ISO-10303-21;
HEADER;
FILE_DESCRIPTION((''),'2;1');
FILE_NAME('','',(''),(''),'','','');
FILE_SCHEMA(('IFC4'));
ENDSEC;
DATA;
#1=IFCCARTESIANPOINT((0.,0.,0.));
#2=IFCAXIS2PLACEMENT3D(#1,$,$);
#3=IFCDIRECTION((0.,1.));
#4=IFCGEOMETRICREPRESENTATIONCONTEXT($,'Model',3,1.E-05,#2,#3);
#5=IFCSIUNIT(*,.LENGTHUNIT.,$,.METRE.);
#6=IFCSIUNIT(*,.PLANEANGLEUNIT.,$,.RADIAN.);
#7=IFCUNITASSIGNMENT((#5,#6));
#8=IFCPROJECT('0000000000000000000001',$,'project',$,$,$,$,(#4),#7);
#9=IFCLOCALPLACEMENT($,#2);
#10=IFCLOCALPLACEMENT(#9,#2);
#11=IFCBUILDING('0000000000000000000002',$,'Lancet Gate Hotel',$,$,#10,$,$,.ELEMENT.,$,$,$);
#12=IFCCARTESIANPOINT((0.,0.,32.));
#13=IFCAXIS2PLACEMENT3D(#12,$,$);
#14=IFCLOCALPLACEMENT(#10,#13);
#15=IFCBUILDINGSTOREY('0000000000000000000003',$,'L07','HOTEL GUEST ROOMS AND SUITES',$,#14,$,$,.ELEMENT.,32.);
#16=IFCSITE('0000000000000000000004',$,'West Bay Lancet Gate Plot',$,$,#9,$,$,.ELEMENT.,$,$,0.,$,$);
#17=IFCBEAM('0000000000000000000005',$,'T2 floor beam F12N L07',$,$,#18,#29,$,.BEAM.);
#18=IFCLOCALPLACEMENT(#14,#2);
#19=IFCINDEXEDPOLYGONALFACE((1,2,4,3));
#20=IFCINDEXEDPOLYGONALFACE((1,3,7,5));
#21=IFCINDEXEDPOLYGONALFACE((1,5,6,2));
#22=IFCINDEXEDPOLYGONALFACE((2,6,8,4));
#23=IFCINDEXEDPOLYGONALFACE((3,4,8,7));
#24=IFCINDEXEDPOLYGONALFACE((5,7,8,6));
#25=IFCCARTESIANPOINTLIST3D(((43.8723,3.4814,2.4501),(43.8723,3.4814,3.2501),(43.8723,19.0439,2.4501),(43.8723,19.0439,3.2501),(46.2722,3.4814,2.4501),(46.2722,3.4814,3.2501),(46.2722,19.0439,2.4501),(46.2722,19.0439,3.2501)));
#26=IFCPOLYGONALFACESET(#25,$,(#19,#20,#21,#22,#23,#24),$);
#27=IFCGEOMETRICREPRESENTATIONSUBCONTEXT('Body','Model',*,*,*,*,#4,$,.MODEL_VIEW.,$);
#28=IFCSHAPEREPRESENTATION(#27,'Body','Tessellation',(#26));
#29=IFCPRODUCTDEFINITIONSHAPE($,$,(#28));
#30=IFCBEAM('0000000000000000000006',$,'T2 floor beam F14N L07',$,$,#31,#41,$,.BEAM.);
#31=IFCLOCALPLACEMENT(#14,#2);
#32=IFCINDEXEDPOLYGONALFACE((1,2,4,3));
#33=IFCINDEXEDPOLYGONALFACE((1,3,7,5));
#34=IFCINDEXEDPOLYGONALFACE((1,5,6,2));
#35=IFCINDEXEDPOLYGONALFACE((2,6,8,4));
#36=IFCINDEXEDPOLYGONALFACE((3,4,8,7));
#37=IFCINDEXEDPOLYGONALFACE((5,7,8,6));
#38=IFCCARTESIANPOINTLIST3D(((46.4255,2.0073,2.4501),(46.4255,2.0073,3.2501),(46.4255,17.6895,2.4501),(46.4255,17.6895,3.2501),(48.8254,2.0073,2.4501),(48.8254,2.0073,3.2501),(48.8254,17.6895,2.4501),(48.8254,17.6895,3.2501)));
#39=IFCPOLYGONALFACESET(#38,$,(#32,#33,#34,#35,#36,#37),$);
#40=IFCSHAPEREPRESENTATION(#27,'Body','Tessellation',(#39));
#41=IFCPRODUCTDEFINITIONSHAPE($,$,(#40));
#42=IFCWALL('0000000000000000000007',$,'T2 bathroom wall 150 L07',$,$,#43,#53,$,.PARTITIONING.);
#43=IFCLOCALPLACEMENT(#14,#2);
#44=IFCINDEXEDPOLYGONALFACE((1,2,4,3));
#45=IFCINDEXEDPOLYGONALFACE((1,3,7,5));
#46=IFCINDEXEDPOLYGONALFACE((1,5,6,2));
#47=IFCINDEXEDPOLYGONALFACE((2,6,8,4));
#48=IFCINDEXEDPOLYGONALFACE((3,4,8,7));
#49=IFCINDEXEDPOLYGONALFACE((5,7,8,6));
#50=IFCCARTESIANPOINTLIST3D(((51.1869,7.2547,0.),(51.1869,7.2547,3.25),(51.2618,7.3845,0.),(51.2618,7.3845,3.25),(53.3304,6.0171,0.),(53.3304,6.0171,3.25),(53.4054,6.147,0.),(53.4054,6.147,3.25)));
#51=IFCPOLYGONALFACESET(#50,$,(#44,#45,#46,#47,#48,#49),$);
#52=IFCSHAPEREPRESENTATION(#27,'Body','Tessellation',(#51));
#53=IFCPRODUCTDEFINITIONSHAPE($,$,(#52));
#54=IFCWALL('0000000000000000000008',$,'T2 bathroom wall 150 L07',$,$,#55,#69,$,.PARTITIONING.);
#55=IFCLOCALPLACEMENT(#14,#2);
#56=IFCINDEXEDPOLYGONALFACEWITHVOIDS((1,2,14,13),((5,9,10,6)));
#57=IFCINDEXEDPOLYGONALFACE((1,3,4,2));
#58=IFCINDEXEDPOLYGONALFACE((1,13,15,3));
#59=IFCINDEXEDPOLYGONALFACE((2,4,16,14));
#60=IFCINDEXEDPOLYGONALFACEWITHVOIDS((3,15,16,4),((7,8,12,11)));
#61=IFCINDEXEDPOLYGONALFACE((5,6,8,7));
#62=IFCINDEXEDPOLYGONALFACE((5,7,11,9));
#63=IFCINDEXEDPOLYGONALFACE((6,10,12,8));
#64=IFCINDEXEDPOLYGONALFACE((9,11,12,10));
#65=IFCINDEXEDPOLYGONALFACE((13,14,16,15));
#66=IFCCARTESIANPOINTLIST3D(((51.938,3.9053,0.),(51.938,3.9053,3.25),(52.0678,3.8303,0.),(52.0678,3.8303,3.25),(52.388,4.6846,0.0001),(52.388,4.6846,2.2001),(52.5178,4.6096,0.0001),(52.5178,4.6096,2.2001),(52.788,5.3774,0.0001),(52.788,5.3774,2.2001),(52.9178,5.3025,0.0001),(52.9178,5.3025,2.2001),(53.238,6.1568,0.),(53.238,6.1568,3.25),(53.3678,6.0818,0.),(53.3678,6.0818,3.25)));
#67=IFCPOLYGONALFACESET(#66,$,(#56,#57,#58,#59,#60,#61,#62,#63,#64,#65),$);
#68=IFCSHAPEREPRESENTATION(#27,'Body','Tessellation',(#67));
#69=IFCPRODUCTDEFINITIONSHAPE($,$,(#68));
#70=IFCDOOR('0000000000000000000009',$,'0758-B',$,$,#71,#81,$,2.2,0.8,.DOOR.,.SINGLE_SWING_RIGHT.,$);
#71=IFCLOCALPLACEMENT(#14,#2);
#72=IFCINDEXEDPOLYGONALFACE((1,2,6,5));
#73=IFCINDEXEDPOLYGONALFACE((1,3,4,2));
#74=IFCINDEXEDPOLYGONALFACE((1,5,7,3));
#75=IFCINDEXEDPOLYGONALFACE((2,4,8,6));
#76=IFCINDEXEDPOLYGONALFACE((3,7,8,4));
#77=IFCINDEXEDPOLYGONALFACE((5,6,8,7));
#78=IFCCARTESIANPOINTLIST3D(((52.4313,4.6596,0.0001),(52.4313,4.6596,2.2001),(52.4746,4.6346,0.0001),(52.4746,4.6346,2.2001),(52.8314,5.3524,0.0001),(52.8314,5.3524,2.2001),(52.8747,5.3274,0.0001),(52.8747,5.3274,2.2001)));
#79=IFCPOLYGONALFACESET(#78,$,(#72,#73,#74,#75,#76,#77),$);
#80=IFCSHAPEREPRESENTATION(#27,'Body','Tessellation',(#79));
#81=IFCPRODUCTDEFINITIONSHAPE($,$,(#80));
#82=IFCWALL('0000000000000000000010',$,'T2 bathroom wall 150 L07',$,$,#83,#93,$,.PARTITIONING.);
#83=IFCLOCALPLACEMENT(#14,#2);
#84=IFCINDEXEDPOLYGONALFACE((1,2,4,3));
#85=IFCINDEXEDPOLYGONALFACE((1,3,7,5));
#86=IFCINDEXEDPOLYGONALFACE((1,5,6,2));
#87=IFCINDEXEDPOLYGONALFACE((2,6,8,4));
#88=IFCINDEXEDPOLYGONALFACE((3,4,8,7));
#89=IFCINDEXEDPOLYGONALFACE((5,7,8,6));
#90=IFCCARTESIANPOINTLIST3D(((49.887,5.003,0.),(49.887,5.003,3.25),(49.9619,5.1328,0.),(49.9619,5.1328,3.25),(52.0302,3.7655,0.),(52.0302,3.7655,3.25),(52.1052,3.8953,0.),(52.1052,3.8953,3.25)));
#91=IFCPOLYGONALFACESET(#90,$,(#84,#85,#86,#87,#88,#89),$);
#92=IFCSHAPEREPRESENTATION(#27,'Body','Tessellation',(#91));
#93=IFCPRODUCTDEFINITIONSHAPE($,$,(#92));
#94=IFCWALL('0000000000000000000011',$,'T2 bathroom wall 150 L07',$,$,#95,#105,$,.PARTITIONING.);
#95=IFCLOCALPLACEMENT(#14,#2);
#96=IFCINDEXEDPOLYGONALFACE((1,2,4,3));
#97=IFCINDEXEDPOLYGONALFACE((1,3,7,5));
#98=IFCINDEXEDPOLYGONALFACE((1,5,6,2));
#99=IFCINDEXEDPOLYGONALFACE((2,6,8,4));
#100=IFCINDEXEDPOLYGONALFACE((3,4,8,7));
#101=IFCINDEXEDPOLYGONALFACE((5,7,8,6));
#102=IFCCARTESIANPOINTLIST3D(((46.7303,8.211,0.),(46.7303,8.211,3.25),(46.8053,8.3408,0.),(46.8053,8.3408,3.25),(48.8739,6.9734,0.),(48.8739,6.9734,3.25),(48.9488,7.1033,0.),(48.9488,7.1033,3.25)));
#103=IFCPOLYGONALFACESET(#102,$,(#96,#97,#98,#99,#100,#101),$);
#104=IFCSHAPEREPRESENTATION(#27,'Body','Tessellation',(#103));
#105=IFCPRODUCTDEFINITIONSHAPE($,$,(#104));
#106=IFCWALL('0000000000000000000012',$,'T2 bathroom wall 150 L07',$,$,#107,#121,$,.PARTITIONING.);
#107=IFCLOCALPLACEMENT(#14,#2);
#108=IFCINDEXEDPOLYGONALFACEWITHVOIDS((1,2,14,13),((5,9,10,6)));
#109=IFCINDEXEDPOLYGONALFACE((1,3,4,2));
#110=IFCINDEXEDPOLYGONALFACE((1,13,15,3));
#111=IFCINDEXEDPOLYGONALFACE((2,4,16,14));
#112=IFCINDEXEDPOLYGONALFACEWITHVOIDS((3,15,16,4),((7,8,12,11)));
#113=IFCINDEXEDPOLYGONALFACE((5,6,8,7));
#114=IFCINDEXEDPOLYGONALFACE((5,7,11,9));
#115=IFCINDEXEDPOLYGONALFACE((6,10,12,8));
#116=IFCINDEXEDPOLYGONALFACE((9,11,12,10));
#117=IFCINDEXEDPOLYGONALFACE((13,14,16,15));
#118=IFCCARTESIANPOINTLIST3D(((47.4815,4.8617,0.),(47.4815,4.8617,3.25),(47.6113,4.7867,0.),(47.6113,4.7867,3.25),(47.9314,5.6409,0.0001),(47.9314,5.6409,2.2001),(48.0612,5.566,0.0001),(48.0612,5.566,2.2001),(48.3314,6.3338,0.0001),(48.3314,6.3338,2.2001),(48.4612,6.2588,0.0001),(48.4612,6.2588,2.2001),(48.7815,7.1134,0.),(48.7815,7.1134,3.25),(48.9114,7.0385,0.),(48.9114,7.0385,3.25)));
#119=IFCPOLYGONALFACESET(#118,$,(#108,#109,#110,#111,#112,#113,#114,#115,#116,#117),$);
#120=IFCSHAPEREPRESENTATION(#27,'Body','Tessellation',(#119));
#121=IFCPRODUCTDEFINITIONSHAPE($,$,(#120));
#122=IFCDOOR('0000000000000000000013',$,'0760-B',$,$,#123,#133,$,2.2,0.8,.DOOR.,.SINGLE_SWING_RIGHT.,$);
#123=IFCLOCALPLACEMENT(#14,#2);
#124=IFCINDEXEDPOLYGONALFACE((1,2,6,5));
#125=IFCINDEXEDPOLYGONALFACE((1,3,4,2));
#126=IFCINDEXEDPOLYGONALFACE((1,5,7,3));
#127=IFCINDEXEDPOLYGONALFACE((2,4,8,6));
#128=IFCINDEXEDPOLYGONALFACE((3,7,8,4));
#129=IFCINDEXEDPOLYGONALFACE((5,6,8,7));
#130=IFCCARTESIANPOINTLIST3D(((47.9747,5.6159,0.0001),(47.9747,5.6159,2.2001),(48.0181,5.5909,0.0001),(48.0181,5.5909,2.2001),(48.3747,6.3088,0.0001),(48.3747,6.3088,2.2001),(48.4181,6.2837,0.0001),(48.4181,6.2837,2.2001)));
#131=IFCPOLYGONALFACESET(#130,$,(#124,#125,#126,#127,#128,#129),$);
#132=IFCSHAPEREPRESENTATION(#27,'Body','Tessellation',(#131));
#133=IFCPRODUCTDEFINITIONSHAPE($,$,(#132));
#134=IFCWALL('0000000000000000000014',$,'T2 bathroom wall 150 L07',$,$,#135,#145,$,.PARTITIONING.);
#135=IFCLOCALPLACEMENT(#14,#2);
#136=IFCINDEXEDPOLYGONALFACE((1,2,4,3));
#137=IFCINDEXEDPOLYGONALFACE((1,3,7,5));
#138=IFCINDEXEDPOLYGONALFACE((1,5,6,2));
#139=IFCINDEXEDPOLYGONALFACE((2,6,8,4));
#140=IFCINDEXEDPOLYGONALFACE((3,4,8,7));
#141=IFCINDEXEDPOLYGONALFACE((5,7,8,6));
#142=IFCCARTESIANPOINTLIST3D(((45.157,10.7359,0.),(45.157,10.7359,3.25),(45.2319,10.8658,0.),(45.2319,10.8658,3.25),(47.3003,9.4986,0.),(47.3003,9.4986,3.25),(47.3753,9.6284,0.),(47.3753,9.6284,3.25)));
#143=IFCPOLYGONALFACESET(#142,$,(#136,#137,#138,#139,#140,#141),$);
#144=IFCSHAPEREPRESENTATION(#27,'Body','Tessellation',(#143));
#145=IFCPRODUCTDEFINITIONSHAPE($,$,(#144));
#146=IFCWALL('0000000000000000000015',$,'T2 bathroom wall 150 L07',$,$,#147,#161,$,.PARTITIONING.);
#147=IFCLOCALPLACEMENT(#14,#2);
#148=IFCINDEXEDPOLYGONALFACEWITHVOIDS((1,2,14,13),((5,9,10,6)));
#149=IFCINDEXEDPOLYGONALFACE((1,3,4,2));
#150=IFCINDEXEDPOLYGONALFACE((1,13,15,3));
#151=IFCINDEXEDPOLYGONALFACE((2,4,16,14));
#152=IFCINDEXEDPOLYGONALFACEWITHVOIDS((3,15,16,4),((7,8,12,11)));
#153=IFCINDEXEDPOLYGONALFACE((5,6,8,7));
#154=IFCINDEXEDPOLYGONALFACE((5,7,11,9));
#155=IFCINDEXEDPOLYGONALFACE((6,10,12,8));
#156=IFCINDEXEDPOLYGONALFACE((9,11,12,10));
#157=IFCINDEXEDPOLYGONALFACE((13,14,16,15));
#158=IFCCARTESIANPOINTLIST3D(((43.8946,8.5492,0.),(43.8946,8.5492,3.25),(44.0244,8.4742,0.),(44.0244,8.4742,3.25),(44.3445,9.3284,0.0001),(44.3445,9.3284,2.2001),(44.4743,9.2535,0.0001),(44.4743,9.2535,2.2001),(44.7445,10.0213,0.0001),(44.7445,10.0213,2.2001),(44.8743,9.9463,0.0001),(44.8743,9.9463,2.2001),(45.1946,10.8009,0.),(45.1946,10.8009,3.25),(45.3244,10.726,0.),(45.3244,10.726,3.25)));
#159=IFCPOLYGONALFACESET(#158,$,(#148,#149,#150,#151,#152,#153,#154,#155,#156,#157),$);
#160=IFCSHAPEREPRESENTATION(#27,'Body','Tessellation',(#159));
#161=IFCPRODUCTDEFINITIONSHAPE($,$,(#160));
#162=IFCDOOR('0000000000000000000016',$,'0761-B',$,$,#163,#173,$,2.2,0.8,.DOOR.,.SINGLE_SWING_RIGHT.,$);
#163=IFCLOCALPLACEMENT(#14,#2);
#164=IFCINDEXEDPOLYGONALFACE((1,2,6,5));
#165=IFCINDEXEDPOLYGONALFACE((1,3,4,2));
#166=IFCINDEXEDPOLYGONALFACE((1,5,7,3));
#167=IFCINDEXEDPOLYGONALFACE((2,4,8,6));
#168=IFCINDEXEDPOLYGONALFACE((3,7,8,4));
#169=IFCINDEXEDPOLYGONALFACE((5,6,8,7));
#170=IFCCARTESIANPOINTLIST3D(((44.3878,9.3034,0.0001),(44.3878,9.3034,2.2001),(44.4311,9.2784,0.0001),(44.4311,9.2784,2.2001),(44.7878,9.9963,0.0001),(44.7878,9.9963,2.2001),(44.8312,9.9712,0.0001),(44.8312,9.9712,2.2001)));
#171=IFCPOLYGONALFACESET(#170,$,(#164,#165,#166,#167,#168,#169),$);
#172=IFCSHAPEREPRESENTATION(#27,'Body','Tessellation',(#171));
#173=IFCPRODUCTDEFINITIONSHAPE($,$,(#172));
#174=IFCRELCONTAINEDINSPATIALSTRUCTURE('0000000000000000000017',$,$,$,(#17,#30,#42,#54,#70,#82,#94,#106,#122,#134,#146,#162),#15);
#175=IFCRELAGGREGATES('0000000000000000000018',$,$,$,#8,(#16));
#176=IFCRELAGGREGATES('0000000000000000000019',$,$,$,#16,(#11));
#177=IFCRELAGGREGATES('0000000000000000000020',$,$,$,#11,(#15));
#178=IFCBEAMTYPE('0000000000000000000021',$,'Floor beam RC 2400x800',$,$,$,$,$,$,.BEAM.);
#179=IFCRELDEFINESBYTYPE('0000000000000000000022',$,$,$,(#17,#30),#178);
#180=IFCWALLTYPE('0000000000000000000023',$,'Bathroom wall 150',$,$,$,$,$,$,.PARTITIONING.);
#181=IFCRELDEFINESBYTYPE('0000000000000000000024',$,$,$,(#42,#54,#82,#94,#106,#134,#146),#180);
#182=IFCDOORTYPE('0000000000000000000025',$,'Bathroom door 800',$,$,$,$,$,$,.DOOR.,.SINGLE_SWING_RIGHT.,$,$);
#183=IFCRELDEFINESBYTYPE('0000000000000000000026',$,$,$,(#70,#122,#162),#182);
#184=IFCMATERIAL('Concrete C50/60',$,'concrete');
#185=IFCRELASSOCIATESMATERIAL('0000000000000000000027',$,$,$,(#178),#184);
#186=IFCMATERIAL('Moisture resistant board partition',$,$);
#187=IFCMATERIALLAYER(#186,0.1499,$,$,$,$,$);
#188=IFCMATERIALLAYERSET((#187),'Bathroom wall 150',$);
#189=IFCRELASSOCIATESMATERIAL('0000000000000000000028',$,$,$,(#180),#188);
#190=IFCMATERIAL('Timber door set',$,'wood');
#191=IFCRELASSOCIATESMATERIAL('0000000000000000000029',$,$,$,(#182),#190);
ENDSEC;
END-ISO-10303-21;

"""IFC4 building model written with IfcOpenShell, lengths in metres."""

from ifc_helpers import new_model, si_unit, direction, frame, frame_2d, origin, origin_2d, place, context, subcontext, project, spatial, rectangle, extrude, material, layer, layer_set, material_profile, profile_set, type_object, element, fill, save


model = new_model("IFC4")

# Units and contexts
model_context = context("Model", 3, precision=1e-05, world=origin(), true_north=direction((0.0, 1.0)))
body_context = subcontext(model_context, "Body", "Model", "MODEL_VIEW")
ifc_project = project(units=[si_unit("LENGTHUNIT", "METRE"), si_unit("PLANEANGLEUNIT", "RADIAN")], contexts=[model_context])

# Site, building, storey
site_placement = place(None, origin())
site = spatial("IfcSite", under=ifc_project, at=site_placement, Name="West Bay Lancet Gate Plot", CompositionType="ELEMENT", RefElevation=0.0)
building_placement = place(site_placement, origin())
building = spatial("IfcBuilding", under=site, at=building_placement, Name="Lancet Gate Hotel", CompositionType="ELEMENT")
storey_placement = place(building_placement, frame((0.0, 0.0, 32.0)))
storey = spatial("IfcBuildingStorey", under=building, at=storey_placement, Name="L07", Description="HOTEL GUEST ROOMS AND SUITES", CompositionType="ELEMENT", Elevation=32.0)

# Beams
ifc_material_1 = material(Name="Concrete C50/60", Category="concrete")
ifc_material_profile = material_profile(ifc_material_1, rectangle(XDim=2.3999, YDim=0.8, at=origin_2d()), Name="RC 2400x800")
ifc_profile_set = profile_set([ifc_material_profile], Name="Concrete C50/60")
beam_type = type_object("IfcBeamType", Name="Floor beam RC 2400x800", PredefinedType="BEAM", material=ifc_profile_set)
beam_1_placement = place(storey_placement, frame((45.0723, 3.4814, 2.8501), z_axis=(0.0, 1.0, 0.0), x_axis=(-1.0, 0.0, 0.0)))
element("IfcBeam", 1, at=beam_1_placement, inside=storey, type_object=beam_type, Name="T2 floor beam F12N L07", PredefinedType="BEAM", context=body_context, shape_type="SweptSolid", body=[
    extrude(rectangle(XDim=2.3999, YDim=0.8, at=origin_2d()), origin(), (0.0, 0.0, 1.0), 15.5625),
])
beam_2_placement = place(storey_placement, frame((47.6255, 2.0073, 2.8501), z_axis=(0.0, 1.0, 0.0), x_axis=(-1.0, 0.0, 0.0)))
element("IfcBeam", 2, at=beam_2_placement, inside=storey, type_object=beam_type, Name="T2 floor beam F14N L07", PredefinedType="BEAM", context=body_context, shape_type="SweptSolid", body=[
    extrude(rectangle(XDim=2.3999, YDim=0.8, at=origin_2d()), origin(), (0.0, 0.0, 1.0), 15.6821),
])

# Wall
ifc_material_2 = material(Name="Moisture resistant board partition")
ifc_layer_1 = layer(ifc_material_2, 0.1499)
ifc_layer_set_1 = layer_set([ifc_layer_1], Name="Bathroom wall 150")
wall_type_1 = type_object("IfcWallType", Name="Bathroom wall 150", PredefinedType="PARTITIONING", material=ifc_layer_set_1)
wall_1_placement = place(storey_placement, frame((51.2244, 7.3196, 0.0), z_axis=(0.0, 0.0, 1.0), x_axis=(0.866031, -0.49999, 0.0)))
element("IfcWall", 3, at=wall_1_placement, inside=storey, type_object=wall_type_1, Name="T2 bathroom wall 150 L07", PredefinedType="PARTITIONING", context=body_context, shape_type="SweptSolid", body=[
    extrude(rectangle(XDim=2.4751, YDim=0.1499, at=frame_2d((1.2375, 0.0))), origin(), (0.0, 0.0, 1.0), 3.25),
])

# Wall, opening, door
wall_2_placement = place(storey_placement, frame((52.0029, 3.8679, 0.0), z_axis=(0.0, 0.0, 1.0), x_axis=(0.500048, 0.865998, 0.0)))
wall_2 = element("IfcWall", 4, at=wall_2_placement, inside=storey, type_object=wall_type_1, Name="T2 bathroom wall 150 L07", PredefinedType="PARTITIONING", context=body_context, shape_type="SweptSolid", body=[
    extrude(rectangle(XDim=2.5999, YDim=0.1499, at=frame_2d((1.2998, 0.0))), origin(), (0.0, 0.0, 1.0), 3.25),
])
opening_1_placement = place(wall_2_placement, frame((0.8999, 0.0, 0.0)))
opening_1 = element("IfcOpeningElement", 5, at=opening_1_placement, cuts=wall_2, PredefinedType="OPENING", context=body_context, shape_type="SweptSolid", body=[
    extrude(rectangle(XDim=0.8, YDim=2.2, at=frame_2d((0.3999, 1.1001))), frame((0.0, 0.085, 0.0), z_axis=(0.0, -1.0, 0.0), x_axis=(1.0, 0.0, 0.0)), (0.0, 0.0, 1.0), 0.1699),
])
ifc_material_3 = material(Name="Timber door set", Category="wood")
door_type_1 = type_object("IfcDoorType", Name="Bathroom door 800", OperationType="SINGLE_SWING_RIGHT", PredefinedType="DOOR", material=ifc_material_3)
door_1_placement = place(opening_1_placement, origin())
door_1 = element("IfcDoor", 6, at=door_1_placement, inside=storey, type_object=door_type_1, Name="0758-B", OperationType="SINGLE_SWING_RIGHT", OverallHeight=2.2, OverallWidth=0.8, PredefinedType="DOOR", context=body_context, shape_type="SweptSolid", body=[
    extrude(rectangle(XDim=0.8, YDim=2.2, at=frame_2d((0.3999, 1.1001))), frame((0.0, 0.0249, 0.0), z_axis=(0.0, -1.0, 0.0), x_axis=(1.0, 0.0, 0.0)), (0.0, 0.0, 1.0), 0.05),
])
fill(opening_1, door_1)

# Walls
wall_3_placement = place(storey_placement, frame((49.9246, 5.0679, 0.0), z_axis=(0.0, 0.0, 1.0), x_axis=(0.866007, -0.500033, 0.0)))
element("IfcWall", 7, at=wall_3_placement, inside=storey, type_object=wall_type_1, Name="T2 bathroom wall 150 L07", PredefinedType="PARTITIONING", context=body_context, shape_type="SweptSolid", body=[
    extrude(rectangle(XDim=2.4749, YDim=0.1499, at=frame_2d((1.2373, 0.0))), origin(), (0.0, 0.0, 1.0), 3.25),
])
wall_4_placement = place(storey_placement, frame((46.7678, 8.2759, 0.0), z_axis=(0.0, 0.0, 1.0), x_axis=(0.866031, -0.49999, 0.0)))
element("IfcWall", 8, at=wall_4_placement, inside=storey, type_object=wall_type_1, Name="T2 bathroom wall 150 L07", PredefinedType="PARTITIONING", context=body_context, shape_type="SweptSolid", body=[
    extrude(rectangle(XDim=2.4751, YDim=0.1499, at=frame_2d((1.2375, 0.0))), origin(), (0.0, 0.0, 1.0), 3.25),
])

# Wall, opening, door
wall_5_placement = place(storey_placement, frame((47.5464, 4.8242, 0.0), z_axis=(0.0, 0.0, 1.0), x_axis=(0.500007, 0.866021, 0.0)))
wall_5 = element("IfcWall", 9, at=wall_5_placement, inside=storey, type_object=wall_type_1, Name="T2 bathroom wall 150 L07", PredefinedType="PARTITIONING", context=body_context, shape_type="SweptSolid", body=[
    extrude(rectangle(XDim=2.6001, YDim=0.1499, at=frame_2d((1.3, 0.0))), origin(), (0.0, 0.0, 1.0), 3.25),
])
opening_2_placement = place(wall_5_placement, frame((0.8999, 0.0, 0.0)))
opening_2 = element("IfcOpeningElement", 10, at=opening_2_placement, cuts=wall_5, PredefinedType="OPENING", context=body_context, shape_type="SweptSolid", body=[
    extrude(rectangle(XDim=0.8, YDim=2.2, at=frame_2d((0.3999, 1.1001))), frame((0.0, 0.085, 0.0), z_axis=(0.0, -1.0, 0.0), x_axis=(1.0, 0.0, 0.0)), (0.0, 0.0, 1.0), 0.1699),
])
door_2_placement = place(opening_2_placement, origin())
door_2 = element("IfcDoor", 11, at=door_2_placement, inside=storey, type_object=door_type_1, Name="0760-B", OperationType="SINGLE_SWING_RIGHT", OverallHeight=2.2, OverallWidth=0.8, PredefinedType="DOOR", context=body_context, shape_type="SweptSolid", body=[
    extrude(rectangle(XDim=0.8, YDim=2.2, at=frame_2d((0.3999, 1.1001))), frame((0.0, 0.0249, 0.0), z_axis=(0.0, -1.0, 0.0), x_axis=(1.0, 0.0, 0.0)), (0.0, 0.0, 1.0), 0.05),
])
fill(opening_2, door_2)

# Wall
wall_6_placement = place(storey_placement, frame((45.1946, 10.8008, 0.0), z_axis=(0.0, 0.0, 1.0), x_axis=(0.866049, -0.499959, 0.0)))
element("IfcWall", 12, at=wall_6_placement, inside=storey, type_object=wall_type_1, Name="T2 bathroom wall 150 L07", PredefinedType="PARTITIONING", context=body_context, shape_type="SweptSolid", body=[
    extrude(rectangle(XDim=2.4749, YDim=0.1499, at=frame_2d((1.2373, 0.0))), origin(), (0.0, 0.0, 1.0), 3.25),
])

# Wall, opening, door
wall_7_placement = place(storey_placement, frame((43.9595, 8.5117, 0.0), z_axis=(0.0, 0.0, 1.0), x_axis=(0.500007, 0.866021, 0.0)))
wall_7 = element("IfcWall", 13, at=wall_7_placement, inside=storey, type_object=wall_type_1, Name="T2 bathroom wall 150 L07", PredefinedType="PARTITIONING", context=body_context, shape_type="SweptSolid", body=[
    extrude(rectangle(XDim=2.6001, YDim=0.1499, at=frame_2d((1.3, 0.0))), origin(), (0.0, 0.0, 1.0), 3.25),
])
opening_3_placement = place(wall_7_placement, frame((0.8999, 0.0, 0.0)))
opening_3 = element("IfcOpeningElement", 14, at=opening_3_placement, cuts=wall_7, PredefinedType="OPENING", context=body_context, shape_type="SweptSolid", body=[
    extrude(rectangle(XDim=0.8, YDim=2.2, at=frame_2d((0.3999, 1.1001))), frame((0.0, 0.085, 0.0), z_axis=(0.0, -1.0, 0.0), x_axis=(1.0, 0.0, 0.0)), (0.0, 0.0, 1.0), 0.1699),
])
door_3_placement = place(opening_3_placement, origin())
door_3 = element("IfcDoor", 15, at=door_3_placement, inside=storey, type_object=door_type_1, Name="0761-B", OperationType="SINGLE_SWING_RIGHT", OverallHeight=2.2, OverallWidth=0.8, PredefinedType="DOOR", context=body_context, shape_type="SweptSolid", body=[
    extrude(rectangle(XDim=0.8, YDim=2.2, at=frame_2d((0.3999, 1.1001))), frame((0.0, 0.0249, 0.0), z_axis=(0.0, -1.0, 0.0), x_axis=(1.0, 0.0, 0.0)), (0.0, 0.0, 1.0), 0.05),
])
fill(opening_3, door_3)

save(model, "model.ifc")
